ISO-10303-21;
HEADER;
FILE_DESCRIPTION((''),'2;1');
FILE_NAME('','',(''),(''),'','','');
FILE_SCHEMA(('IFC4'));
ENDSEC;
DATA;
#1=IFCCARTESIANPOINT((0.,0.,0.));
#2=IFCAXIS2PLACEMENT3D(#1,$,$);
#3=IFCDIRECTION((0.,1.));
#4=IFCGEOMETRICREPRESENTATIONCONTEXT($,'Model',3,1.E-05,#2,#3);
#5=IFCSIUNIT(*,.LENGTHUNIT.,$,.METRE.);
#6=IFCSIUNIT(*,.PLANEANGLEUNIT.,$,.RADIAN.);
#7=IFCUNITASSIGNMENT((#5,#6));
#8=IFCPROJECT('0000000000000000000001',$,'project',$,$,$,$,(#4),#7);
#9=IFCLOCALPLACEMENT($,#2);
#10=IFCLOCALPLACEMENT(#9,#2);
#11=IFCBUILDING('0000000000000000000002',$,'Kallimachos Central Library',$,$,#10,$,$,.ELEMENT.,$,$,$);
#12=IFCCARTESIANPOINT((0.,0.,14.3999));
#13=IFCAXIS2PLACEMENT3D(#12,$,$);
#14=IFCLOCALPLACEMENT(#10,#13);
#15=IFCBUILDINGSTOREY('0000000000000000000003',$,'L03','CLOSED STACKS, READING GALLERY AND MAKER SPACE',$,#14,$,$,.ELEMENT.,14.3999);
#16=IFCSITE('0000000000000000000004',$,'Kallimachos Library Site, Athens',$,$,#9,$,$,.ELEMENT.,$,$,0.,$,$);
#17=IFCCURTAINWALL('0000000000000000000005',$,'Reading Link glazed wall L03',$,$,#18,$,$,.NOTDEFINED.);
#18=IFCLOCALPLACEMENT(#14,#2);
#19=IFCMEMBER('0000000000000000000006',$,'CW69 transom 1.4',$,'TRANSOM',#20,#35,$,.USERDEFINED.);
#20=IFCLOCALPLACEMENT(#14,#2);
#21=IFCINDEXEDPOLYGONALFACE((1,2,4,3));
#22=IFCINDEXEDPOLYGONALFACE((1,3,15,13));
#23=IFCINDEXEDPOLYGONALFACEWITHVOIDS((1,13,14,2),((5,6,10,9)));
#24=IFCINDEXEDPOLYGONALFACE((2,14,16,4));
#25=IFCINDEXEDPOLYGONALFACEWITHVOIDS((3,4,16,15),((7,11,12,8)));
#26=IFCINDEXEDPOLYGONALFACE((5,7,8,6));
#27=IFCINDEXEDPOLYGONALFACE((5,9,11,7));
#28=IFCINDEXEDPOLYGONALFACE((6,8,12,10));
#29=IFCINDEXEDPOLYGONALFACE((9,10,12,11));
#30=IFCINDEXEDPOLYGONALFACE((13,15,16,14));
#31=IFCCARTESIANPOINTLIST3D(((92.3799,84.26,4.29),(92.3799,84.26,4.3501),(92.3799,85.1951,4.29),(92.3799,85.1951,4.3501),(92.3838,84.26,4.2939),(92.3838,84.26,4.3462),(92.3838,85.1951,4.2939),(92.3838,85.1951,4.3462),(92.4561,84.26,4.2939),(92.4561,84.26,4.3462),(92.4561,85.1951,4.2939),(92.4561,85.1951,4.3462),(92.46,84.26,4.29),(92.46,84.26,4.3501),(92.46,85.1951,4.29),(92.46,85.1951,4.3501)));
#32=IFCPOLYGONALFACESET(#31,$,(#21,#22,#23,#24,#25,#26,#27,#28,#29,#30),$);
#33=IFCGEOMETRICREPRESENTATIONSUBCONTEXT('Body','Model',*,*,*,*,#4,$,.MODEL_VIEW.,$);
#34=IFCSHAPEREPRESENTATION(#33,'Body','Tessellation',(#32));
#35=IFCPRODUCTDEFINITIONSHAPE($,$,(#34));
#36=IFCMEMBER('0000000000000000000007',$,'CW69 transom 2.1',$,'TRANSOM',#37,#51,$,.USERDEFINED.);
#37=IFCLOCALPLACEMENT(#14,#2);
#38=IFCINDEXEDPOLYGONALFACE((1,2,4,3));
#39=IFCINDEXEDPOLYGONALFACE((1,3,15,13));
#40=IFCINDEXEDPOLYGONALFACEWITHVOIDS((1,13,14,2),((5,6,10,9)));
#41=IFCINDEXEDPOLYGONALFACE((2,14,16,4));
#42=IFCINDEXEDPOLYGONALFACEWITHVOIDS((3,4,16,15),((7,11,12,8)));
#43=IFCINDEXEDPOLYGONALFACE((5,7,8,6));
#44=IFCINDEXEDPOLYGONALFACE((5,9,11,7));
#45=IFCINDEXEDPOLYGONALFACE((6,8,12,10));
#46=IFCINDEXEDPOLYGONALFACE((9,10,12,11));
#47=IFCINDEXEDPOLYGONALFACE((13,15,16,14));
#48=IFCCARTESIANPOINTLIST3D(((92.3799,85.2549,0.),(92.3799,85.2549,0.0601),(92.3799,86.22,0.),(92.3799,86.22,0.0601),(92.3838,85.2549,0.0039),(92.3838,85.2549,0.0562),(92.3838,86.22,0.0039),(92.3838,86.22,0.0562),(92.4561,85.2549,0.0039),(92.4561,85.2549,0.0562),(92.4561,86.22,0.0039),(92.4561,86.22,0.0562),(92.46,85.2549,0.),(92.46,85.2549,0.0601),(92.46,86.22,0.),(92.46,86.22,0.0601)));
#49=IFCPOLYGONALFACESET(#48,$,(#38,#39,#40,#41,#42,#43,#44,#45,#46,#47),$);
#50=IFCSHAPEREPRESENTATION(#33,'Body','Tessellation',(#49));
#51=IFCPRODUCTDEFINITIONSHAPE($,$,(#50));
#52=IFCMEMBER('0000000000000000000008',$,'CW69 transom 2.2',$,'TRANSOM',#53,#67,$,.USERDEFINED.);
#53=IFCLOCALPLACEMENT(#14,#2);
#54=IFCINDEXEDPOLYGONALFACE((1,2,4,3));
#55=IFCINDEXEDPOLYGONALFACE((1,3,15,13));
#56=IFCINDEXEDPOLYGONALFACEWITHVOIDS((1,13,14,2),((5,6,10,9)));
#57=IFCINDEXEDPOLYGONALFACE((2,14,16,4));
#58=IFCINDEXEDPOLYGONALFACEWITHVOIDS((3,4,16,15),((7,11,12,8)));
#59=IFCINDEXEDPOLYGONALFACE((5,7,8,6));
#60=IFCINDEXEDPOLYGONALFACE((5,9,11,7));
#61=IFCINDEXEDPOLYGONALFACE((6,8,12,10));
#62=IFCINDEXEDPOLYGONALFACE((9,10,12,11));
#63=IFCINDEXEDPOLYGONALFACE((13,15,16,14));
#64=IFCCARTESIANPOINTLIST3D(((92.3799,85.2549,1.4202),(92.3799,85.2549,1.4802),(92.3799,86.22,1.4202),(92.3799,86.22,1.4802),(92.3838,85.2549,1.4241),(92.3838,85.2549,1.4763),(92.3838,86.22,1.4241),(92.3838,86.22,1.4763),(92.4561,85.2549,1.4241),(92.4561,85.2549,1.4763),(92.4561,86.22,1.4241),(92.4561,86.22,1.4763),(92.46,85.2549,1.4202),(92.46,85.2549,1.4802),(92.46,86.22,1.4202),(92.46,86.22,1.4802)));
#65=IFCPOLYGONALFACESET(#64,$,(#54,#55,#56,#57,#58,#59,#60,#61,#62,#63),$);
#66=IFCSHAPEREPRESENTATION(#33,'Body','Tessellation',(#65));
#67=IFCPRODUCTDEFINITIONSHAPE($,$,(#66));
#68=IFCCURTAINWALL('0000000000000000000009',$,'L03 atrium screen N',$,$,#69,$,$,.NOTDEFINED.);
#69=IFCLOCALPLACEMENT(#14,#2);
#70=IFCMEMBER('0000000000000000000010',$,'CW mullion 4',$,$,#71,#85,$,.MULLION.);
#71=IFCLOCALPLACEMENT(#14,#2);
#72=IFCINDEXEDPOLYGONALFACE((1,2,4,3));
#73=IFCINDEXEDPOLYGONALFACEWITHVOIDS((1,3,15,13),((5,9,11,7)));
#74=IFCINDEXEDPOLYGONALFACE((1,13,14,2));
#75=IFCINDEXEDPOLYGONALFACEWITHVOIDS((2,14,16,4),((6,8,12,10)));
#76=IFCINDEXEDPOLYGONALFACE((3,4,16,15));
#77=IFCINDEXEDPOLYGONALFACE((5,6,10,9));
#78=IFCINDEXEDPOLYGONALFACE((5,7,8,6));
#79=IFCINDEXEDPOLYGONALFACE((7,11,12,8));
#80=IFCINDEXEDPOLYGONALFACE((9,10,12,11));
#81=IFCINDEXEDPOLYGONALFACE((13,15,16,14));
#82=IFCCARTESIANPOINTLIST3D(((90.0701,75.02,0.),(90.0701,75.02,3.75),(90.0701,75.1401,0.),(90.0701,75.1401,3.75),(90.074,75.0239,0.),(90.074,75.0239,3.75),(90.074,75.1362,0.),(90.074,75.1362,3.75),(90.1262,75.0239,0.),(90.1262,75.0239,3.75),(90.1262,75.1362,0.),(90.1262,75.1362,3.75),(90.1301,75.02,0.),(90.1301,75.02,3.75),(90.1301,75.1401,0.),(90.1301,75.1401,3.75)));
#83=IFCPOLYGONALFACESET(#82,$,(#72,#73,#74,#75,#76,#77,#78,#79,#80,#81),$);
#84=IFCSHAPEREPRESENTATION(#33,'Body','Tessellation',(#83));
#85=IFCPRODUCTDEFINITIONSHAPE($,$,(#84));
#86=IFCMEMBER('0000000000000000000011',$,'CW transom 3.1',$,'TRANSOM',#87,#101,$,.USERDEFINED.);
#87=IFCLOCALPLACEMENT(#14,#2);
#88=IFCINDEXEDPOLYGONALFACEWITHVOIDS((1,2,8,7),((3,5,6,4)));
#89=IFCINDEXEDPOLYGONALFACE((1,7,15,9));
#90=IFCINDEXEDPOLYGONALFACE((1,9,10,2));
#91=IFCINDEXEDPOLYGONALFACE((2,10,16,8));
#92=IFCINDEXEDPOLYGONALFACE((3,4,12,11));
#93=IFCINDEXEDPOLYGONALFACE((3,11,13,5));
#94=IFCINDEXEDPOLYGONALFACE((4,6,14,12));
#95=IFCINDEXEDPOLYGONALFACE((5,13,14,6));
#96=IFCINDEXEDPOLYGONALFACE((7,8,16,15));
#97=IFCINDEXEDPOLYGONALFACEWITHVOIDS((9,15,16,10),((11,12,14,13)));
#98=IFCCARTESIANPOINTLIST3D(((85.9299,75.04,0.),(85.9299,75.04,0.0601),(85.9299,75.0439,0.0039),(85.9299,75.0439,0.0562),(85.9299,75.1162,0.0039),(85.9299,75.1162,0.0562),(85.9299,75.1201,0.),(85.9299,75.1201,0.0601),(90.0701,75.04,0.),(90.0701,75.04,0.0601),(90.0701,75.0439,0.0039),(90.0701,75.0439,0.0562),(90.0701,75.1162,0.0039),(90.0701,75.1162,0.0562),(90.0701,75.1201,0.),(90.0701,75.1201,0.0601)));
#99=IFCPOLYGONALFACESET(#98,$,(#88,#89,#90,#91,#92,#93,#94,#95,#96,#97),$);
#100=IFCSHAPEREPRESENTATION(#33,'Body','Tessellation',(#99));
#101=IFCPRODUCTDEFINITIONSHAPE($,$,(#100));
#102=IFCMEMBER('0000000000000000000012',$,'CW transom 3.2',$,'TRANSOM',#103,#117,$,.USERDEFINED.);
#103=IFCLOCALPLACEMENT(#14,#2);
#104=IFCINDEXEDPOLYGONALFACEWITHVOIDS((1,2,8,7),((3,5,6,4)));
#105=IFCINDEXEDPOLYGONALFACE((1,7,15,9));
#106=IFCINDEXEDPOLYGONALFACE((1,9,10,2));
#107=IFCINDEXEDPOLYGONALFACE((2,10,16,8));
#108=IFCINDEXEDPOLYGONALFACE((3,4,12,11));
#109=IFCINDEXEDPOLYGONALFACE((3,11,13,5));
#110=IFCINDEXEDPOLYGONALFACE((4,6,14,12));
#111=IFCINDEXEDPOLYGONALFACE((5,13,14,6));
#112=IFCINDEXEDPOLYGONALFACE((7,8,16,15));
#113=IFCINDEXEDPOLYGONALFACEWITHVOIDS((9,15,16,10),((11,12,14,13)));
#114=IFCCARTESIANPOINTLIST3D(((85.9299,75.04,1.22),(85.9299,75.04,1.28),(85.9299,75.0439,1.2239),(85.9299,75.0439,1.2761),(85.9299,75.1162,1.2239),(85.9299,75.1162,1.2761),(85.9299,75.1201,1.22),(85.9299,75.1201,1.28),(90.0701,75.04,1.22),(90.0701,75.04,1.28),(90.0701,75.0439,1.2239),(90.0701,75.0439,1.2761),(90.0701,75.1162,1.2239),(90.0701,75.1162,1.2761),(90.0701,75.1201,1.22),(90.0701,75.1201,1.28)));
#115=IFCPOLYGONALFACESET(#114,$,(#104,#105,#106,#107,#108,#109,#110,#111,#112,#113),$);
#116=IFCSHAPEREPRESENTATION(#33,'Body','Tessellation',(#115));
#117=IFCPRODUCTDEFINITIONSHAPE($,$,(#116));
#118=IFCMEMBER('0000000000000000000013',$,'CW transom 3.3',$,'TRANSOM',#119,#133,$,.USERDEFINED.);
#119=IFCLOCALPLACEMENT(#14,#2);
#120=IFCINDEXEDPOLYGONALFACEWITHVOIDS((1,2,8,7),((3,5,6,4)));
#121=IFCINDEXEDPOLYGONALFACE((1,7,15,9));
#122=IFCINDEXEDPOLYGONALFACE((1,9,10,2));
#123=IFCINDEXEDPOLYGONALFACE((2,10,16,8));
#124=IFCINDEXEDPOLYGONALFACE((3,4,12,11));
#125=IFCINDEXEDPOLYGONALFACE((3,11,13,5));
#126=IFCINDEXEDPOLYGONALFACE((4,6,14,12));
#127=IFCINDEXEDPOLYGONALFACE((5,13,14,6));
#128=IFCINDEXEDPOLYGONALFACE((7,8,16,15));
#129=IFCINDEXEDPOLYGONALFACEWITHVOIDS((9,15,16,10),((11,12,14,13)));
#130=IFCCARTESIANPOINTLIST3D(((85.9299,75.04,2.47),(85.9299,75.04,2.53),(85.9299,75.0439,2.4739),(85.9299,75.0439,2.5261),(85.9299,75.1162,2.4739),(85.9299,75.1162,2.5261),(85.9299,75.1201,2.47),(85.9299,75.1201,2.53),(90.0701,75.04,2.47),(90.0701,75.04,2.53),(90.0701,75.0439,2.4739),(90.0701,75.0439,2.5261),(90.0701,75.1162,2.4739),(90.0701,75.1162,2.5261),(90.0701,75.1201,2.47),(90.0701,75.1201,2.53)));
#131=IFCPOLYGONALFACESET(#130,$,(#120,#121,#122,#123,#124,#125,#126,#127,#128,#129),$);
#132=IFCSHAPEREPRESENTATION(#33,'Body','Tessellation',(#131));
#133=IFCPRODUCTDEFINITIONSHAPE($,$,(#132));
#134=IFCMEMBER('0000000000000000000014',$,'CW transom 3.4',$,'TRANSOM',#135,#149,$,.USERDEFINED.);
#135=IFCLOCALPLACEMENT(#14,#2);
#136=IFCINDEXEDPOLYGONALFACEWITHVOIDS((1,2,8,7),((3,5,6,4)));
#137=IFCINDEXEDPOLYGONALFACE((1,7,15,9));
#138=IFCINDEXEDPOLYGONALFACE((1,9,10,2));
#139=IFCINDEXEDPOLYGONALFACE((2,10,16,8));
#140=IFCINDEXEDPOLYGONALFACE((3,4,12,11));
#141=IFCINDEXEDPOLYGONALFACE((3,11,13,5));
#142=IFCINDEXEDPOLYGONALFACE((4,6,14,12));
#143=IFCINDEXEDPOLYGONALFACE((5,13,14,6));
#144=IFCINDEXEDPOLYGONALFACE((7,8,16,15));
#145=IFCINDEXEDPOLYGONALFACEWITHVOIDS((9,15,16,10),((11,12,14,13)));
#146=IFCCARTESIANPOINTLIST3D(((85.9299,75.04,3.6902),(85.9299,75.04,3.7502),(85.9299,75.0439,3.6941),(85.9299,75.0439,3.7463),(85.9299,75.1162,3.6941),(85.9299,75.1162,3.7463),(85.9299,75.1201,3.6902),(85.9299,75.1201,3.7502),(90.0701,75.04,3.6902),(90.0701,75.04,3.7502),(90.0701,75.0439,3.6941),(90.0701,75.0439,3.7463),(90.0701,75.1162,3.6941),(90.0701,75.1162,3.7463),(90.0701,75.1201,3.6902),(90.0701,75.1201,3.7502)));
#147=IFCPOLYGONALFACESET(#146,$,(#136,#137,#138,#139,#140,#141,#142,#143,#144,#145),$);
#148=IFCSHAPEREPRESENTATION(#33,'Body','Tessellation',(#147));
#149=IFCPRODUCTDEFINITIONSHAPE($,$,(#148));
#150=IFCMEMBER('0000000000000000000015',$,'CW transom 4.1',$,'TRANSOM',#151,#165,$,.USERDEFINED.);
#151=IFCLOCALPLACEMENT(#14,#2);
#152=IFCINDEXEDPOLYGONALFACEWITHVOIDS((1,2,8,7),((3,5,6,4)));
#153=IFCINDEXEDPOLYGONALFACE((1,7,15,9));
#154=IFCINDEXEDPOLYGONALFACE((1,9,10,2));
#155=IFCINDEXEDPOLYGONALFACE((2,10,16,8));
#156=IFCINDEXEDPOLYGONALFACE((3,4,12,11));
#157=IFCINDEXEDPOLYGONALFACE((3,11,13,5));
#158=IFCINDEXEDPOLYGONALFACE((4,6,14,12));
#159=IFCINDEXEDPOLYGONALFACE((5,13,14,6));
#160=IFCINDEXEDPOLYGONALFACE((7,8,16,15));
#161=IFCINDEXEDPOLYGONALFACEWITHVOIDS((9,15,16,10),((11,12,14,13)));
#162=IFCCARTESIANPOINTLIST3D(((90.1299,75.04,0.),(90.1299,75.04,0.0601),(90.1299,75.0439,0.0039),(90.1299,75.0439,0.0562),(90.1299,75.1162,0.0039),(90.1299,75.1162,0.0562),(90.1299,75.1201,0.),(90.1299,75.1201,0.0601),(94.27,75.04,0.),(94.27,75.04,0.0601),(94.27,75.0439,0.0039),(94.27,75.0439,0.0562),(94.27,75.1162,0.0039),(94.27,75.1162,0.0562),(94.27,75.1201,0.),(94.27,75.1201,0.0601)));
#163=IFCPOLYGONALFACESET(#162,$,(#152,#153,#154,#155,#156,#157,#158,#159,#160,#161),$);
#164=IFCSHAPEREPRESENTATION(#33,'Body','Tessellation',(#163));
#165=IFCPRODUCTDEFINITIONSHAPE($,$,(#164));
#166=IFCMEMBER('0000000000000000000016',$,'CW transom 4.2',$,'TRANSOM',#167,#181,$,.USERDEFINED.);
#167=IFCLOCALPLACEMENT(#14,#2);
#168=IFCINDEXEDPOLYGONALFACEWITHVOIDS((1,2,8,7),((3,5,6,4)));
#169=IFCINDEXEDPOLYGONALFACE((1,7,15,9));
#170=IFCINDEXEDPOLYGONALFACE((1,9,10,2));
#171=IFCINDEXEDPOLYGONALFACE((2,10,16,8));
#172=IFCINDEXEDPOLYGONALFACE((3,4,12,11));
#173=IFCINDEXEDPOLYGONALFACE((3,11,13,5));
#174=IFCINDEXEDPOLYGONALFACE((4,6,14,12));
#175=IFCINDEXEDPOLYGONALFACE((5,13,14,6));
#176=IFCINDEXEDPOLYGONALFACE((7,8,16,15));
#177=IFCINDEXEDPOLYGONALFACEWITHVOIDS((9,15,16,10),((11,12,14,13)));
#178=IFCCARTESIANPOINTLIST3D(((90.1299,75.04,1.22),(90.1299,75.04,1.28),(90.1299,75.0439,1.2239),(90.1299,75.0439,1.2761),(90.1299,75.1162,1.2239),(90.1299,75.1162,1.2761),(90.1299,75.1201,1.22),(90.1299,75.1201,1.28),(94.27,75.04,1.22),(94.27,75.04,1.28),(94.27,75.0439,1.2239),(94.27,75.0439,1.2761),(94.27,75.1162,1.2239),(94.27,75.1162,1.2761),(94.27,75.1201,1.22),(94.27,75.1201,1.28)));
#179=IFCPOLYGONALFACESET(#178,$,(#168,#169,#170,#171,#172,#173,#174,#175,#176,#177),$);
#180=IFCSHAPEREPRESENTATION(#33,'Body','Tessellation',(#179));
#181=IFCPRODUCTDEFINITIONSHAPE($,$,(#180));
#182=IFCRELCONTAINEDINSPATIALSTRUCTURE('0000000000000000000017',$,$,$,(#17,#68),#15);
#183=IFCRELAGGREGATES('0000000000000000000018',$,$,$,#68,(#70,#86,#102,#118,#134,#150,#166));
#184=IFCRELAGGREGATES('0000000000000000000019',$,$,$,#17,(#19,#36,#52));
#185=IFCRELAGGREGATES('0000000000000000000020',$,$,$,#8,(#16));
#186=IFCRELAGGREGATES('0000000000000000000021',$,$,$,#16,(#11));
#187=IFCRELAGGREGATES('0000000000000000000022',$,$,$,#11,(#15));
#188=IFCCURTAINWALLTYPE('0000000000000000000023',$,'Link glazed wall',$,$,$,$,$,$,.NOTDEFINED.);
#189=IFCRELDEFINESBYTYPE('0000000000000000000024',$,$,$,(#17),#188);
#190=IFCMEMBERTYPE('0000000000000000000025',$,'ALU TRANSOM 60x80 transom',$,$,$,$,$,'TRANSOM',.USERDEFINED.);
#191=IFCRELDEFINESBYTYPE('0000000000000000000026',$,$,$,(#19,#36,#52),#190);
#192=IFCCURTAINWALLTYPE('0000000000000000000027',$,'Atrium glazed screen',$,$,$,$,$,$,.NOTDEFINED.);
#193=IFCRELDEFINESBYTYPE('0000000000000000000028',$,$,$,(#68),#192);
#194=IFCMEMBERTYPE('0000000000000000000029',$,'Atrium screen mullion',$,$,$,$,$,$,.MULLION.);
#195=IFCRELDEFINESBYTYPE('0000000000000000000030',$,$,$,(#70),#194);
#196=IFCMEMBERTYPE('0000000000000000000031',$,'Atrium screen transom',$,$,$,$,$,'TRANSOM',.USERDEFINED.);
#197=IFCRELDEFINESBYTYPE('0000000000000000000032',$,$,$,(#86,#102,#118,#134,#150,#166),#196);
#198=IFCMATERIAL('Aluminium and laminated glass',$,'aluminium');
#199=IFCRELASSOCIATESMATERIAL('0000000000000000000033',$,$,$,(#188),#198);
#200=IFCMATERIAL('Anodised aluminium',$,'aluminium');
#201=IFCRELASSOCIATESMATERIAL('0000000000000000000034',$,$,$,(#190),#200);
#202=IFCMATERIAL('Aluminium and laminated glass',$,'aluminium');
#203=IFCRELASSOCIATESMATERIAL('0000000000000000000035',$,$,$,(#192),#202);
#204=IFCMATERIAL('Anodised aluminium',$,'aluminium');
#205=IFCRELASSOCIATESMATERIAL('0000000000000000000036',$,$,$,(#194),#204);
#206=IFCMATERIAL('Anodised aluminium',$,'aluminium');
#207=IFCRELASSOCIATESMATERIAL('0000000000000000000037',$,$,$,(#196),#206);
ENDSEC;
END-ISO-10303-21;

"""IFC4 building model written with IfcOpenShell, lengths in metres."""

from ifc_helpers import new_model, si_unit, direction, frame, origin, origin_2d, place, context, subcontext, project, spatial, hollow_rectangle, extrude, material, material_profile, profile_set, type_object, element, aggregate, save


model = new_model("IFC4")

# Units and contexts
model_context = context("Model", 3, precision=1e-05, world=origin(), true_north=direction((0.0, 1.0)))
body_context = subcontext(model_context, "Body", "Model", "MODEL_VIEW")
ifc_project = project(units=[si_unit("LENGTHUNIT", "METRE"), si_unit("PLANEANGLEUNIT", "RADIAN")], contexts=[model_context])

# Site, building, storey
site_placement = place(None, origin())
site = spatial("IfcSite", under=ifc_project, at=site_placement, Name="Kallimachos Library Site, Athens", CompositionType="ELEMENT", RefElevation=0.0)
building_placement = place(site_placement, origin())
building = spatial("IfcBuilding", under=site, at=building_placement, Name="Kallimachos Central Library", CompositionType="ELEMENT")
storey_placement = place(building_placement, frame((0.0, 0.0, 14.3999)))
storey = spatial("IfcBuildingStorey", under=building, at=storey_placement, Name="L03", Description="CLOSED STACKS, READING GALLERY AND MAKER SPACE", CompositionType="ELEMENT", Elevation=14.3999)

# Curtain walls, members
ifc_material_1 = material(Name="Aluminium and laminated glass", Category="aluminium")
curtain_wall_type_1 = type_object("IfcCurtainWallType", Name="Link glazed wall", PredefinedType="NOTDEFINED", material=ifc_material_1)
curtain_wall_1_placement = place(storey_placement, origin())
curtain_wall_1 = element("IfcCurtainWall", 1, at=curtain_wall_1_placement, inside=storey, type_object=curtain_wall_type_1, Name="Reading Link glazed wall L03", PredefinedType="NOTDEFINED")
ifc_material_2 = material(Name="Anodised aluminium", Category="aluminium")
ifc_material_profile_1 = material_profile(ifc_material_2, hollow_rectangle(XDim=0.0601, YDim=0.0801, WallThickness=0.0039, at=origin_2d()), Name="ALU TRANSOM 60x80")
ifc_profile_set_1 = profile_set([ifc_material_profile_1], Name="Anodised aluminium")
member_type_1 = type_object("IfcMemberType", Name="ALU TRANSOM 60x80 transom", ElementType="TRANSOM", PredefinedType="USERDEFINED", material=ifc_profile_set_1)
member_1_placement = place(storey_placement, frame((92.4199, 84.26, 4.3201), z_axis=(0.0, 1.0, 0.0), x_axis=(0.0, 0.0, 1.0)))
member_1 = element("IfcMember", 2, at=member_1_placement, type_object=member_type_1, Name="CW69 transom 1.4", ObjectType="TRANSOM", PredefinedType="USERDEFINED", context=body_context, shape_type="SweptSolid", body=[
    extrude(hollow_rectangle(XDim=0.0601, YDim=0.0801, WallThickness=0.0039, at=origin_2d()), origin(), (0.0, 0.0, 1.0), 0.9351),
])
member_2_placement = place(storey_placement, frame((92.4199, 85.2549, 0.03), z_axis=(0.0, 1.0, 0.0), x_axis=(0.0, 0.0, 1.0)))
member_2 = element("IfcMember", 3, at=member_2_placement, type_object=member_type_1, Name="CW69 transom 2.1", ObjectType="TRANSOM", PredefinedType="USERDEFINED", context=body_context, shape_type="SweptSolid", body=[
    extrude(hollow_rectangle(XDim=0.0601, YDim=0.0801, WallThickness=0.0039, at=origin_2d()), origin(), (0.0, 0.0, 1.0), 0.9651),
])
member_3_placement = place(storey_placement, frame((92.4199, 85.2549, 1.4502), z_axis=(0.0, 1.0, 0.0), x_axis=(0.0, 0.0, 1.0)))
member_3 = element("IfcMember", 4, at=member_3_placement, type_object=member_type_1, Name="CW69 transom 2.2", ObjectType="TRANSOM", PredefinedType="USERDEFINED", context=body_context, shape_type="SweptSolid", body=[
    extrude(hollow_rectangle(XDim=0.0601, YDim=0.0801, WallThickness=0.0039, at=origin_2d()), origin(), (0.0, 0.0, 1.0), 0.9651),
])
ifc_material_3 = material(Name="Aluminium and laminated glass", Category="aluminium")
curtain_wall_type_2 = type_object("IfcCurtainWallType", Name="Atrium glazed screen", PredefinedType="NOTDEFINED", material=ifc_material_3)
curtain_wall_2_placement = place(storey_placement, origin())
curtain_wall_2 = element("IfcCurtainWall", 5, at=curtain_wall_2_placement, inside=storey, type_object=curtain_wall_type_2, Name="L03 atrium screen N", PredefinedType="NOTDEFINED")
ifc_material_4 = material(Name="Anodised aluminium", Category="aluminium")
ifc_material_profile_2 = material_profile(ifc_material_4, hollow_rectangle(XDim=0.0601, YDim=0.1201, WallThickness=0.0039, at=origin_2d()), Name="ALU MULLION 60x120")
ifc_profile_set_2 = profile_set([ifc_material_profile_2], Name="Anodised aluminium")
member_type_2 = type_object("IfcMemberType", Name="Atrium screen mullion", PredefinedType="MULLION", material=ifc_profile_set_2)
member_4_placement = place(storey_placement, frame((90.1001, 75.0801, 0.0), z_axis=(0.0, 0.0, 1.0), x_axis=(1.0, 0.0, 0.0)))
member_4 = element("IfcMember", 6, at=member_4_placement, type_object=member_type_2, Name="CW mullion 4", PredefinedType="MULLION", context=body_context, shape_type="SweptSolid", body=[
    extrude(hollow_rectangle(XDim=0.0601, YDim=0.1201, WallThickness=0.0039, at=origin_2d()), origin(), (0.0, 0.0, 1.0), 3.75),
])
ifc_material_5 = material(Name="Anodised aluminium", Category="aluminium")
ifc_material_profile_3 = material_profile(ifc_material_5, hollow_rectangle(XDim=0.0601, YDim=0.0801, WallThickness=0.0039, at=origin_2d()), Name="ALU TRANSOM 60x80")
ifc_profile_set_3 = profile_set([ifc_material_profile_3], Name="Anodised aluminium")
member_type_3 = type_object("IfcMemberType", Name="Atrium screen transom", ElementType="TRANSOM", PredefinedType="USERDEFINED", material=ifc_profile_set_3)
member_5_placement = place(storey_placement, frame((85.9299, 75.0801, 0.03), z_axis=(1.0, 0.0, 0.0), x_axis=(0.0, 0.0, 1.0)))
member_5 = element("IfcMember", 7, at=member_5_placement, type_object=member_type_3, Name="CW transom 3.1", ObjectType="TRANSOM", PredefinedType="USERDEFINED", context=body_context, shape_type="SweptSolid", body=[
    extrude(hollow_rectangle(XDim=0.0601, YDim=0.0801, WallThickness=0.0039, at=origin_2d()), origin(), (0.0, 0.0, 1.0), 4.1401),
])
member_6_placement = place(storey_placement, frame((85.9299, 75.0801, 1.25), z_axis=(1.0, 0.0, 0.0), x_axis=(0.0, 0.0, 1.0)))
member_6 = element("IfcMember", 8, at=member_6_placement, type_object=member_type_3, Name="CW transom 3.2", ObjectType="TRANSOM", PredefinedType="USERDEFINED", context=body_context, shape_type="SweptSolid", body=[
    extrude(hollow_rectangle(XDim=0.0601, YDim=0.0801, WallThickness=0.0039, at=origin_2d()), origin(), (0.0, 0.0, 1.0), 4.1401),
])
member_7_placement = place(storey_placement, frame((85.9299, 75.0801, 2.5), z_axis=(1.0, 0.0, 0.0), x_axis=(0.0, 0.0, 1.0)))
member_7 = element("IfcMember", 9, at=member_7_placement, type_object=member_type_3, Name="CW transom 3.3", ObjectType="TRANSOM", PredefinedType="USERDEFINED", context=body_context, shape_type="SweptSolid", body=[
    extrude(hollow_rectangle(XDim=0.0601, YDim=0.0801, WallThickness=0.0039, at=origin_2d()), origin(), (0.0, 0.0, 1.0), 4.1401),
])
member_8_placement = place(storey_placement, frame((85.9299, 75.0801, 3.7202), z_axis=(1.0, 0.0, 0.0), x_axis=(0.0, 0.0, 1.0)))
member_8 = element("IfcMember", 10, at=member_8_placement, type_object=member_type_3, Name="CW transom 3.4", ObjectType="TRANSOM", PredefinedType="USERDEFINED", context=body_context, shape_type="SweptSolid", body=[
    extrude(hollow_rectangle(XDim=0.0601, YDim=0.0801, WallThickness=0.0039, at=origin_2d()), origin(), (0.0, 0.0, 1.0), 4.1401),
])
member_9_placement = place(storey_placement, frame((90.1299, 75.0801, 0.03), z_axis=(1.0, 0.0, 0.0), x_axis=(0.0, 0.0, 1.0)))
member_9 = element("IfcMember", 11, at=member_9_placement, type_object=member_type_3, Name="CW transom 4.1", ObjectType="TRANSOM", PredefinedType="USERDEFINED", context=body_context, shape_type="SweptSolid", body=[
    extrude(hollow_rectangle(XDim=0.0601, YDim=0.0801, WallThickness=0.0039, at=origin_2d()), origin(), (0.0, 0.0, 1.0), 4.1401),
])
member_10_placement = place(storey_placement, frame((90.1299, 75.0801, 1.25), z_axis=(1.0, 0.0, 0.0), x_axis=(0.0, 0.0, 1.0)))
member_10 = element("IfcMember", 12, at=member_10_placement, type_object=member_type_3, Name="CW transom 4.2", ObjectType="TRANSOM", PredefinedType="USERDEFINED", context=body_context, shape_type="SweptSolid", body=[
    extrude(hollow_rectangle(XDim=0.0601, YDim=0.0801, WallThickness=0.0039, at=origin_2d()), origin(), (0.0, 0.0, 1.0), 4.1401),
])

aggregate(curtain_wall_2, [member_4, member_5, member_6, member_7, member_8, member_9, member_10])
aggregate(curtain_wall_1, [member_1, member_2, member_3])

save(model, "model.ifc")
